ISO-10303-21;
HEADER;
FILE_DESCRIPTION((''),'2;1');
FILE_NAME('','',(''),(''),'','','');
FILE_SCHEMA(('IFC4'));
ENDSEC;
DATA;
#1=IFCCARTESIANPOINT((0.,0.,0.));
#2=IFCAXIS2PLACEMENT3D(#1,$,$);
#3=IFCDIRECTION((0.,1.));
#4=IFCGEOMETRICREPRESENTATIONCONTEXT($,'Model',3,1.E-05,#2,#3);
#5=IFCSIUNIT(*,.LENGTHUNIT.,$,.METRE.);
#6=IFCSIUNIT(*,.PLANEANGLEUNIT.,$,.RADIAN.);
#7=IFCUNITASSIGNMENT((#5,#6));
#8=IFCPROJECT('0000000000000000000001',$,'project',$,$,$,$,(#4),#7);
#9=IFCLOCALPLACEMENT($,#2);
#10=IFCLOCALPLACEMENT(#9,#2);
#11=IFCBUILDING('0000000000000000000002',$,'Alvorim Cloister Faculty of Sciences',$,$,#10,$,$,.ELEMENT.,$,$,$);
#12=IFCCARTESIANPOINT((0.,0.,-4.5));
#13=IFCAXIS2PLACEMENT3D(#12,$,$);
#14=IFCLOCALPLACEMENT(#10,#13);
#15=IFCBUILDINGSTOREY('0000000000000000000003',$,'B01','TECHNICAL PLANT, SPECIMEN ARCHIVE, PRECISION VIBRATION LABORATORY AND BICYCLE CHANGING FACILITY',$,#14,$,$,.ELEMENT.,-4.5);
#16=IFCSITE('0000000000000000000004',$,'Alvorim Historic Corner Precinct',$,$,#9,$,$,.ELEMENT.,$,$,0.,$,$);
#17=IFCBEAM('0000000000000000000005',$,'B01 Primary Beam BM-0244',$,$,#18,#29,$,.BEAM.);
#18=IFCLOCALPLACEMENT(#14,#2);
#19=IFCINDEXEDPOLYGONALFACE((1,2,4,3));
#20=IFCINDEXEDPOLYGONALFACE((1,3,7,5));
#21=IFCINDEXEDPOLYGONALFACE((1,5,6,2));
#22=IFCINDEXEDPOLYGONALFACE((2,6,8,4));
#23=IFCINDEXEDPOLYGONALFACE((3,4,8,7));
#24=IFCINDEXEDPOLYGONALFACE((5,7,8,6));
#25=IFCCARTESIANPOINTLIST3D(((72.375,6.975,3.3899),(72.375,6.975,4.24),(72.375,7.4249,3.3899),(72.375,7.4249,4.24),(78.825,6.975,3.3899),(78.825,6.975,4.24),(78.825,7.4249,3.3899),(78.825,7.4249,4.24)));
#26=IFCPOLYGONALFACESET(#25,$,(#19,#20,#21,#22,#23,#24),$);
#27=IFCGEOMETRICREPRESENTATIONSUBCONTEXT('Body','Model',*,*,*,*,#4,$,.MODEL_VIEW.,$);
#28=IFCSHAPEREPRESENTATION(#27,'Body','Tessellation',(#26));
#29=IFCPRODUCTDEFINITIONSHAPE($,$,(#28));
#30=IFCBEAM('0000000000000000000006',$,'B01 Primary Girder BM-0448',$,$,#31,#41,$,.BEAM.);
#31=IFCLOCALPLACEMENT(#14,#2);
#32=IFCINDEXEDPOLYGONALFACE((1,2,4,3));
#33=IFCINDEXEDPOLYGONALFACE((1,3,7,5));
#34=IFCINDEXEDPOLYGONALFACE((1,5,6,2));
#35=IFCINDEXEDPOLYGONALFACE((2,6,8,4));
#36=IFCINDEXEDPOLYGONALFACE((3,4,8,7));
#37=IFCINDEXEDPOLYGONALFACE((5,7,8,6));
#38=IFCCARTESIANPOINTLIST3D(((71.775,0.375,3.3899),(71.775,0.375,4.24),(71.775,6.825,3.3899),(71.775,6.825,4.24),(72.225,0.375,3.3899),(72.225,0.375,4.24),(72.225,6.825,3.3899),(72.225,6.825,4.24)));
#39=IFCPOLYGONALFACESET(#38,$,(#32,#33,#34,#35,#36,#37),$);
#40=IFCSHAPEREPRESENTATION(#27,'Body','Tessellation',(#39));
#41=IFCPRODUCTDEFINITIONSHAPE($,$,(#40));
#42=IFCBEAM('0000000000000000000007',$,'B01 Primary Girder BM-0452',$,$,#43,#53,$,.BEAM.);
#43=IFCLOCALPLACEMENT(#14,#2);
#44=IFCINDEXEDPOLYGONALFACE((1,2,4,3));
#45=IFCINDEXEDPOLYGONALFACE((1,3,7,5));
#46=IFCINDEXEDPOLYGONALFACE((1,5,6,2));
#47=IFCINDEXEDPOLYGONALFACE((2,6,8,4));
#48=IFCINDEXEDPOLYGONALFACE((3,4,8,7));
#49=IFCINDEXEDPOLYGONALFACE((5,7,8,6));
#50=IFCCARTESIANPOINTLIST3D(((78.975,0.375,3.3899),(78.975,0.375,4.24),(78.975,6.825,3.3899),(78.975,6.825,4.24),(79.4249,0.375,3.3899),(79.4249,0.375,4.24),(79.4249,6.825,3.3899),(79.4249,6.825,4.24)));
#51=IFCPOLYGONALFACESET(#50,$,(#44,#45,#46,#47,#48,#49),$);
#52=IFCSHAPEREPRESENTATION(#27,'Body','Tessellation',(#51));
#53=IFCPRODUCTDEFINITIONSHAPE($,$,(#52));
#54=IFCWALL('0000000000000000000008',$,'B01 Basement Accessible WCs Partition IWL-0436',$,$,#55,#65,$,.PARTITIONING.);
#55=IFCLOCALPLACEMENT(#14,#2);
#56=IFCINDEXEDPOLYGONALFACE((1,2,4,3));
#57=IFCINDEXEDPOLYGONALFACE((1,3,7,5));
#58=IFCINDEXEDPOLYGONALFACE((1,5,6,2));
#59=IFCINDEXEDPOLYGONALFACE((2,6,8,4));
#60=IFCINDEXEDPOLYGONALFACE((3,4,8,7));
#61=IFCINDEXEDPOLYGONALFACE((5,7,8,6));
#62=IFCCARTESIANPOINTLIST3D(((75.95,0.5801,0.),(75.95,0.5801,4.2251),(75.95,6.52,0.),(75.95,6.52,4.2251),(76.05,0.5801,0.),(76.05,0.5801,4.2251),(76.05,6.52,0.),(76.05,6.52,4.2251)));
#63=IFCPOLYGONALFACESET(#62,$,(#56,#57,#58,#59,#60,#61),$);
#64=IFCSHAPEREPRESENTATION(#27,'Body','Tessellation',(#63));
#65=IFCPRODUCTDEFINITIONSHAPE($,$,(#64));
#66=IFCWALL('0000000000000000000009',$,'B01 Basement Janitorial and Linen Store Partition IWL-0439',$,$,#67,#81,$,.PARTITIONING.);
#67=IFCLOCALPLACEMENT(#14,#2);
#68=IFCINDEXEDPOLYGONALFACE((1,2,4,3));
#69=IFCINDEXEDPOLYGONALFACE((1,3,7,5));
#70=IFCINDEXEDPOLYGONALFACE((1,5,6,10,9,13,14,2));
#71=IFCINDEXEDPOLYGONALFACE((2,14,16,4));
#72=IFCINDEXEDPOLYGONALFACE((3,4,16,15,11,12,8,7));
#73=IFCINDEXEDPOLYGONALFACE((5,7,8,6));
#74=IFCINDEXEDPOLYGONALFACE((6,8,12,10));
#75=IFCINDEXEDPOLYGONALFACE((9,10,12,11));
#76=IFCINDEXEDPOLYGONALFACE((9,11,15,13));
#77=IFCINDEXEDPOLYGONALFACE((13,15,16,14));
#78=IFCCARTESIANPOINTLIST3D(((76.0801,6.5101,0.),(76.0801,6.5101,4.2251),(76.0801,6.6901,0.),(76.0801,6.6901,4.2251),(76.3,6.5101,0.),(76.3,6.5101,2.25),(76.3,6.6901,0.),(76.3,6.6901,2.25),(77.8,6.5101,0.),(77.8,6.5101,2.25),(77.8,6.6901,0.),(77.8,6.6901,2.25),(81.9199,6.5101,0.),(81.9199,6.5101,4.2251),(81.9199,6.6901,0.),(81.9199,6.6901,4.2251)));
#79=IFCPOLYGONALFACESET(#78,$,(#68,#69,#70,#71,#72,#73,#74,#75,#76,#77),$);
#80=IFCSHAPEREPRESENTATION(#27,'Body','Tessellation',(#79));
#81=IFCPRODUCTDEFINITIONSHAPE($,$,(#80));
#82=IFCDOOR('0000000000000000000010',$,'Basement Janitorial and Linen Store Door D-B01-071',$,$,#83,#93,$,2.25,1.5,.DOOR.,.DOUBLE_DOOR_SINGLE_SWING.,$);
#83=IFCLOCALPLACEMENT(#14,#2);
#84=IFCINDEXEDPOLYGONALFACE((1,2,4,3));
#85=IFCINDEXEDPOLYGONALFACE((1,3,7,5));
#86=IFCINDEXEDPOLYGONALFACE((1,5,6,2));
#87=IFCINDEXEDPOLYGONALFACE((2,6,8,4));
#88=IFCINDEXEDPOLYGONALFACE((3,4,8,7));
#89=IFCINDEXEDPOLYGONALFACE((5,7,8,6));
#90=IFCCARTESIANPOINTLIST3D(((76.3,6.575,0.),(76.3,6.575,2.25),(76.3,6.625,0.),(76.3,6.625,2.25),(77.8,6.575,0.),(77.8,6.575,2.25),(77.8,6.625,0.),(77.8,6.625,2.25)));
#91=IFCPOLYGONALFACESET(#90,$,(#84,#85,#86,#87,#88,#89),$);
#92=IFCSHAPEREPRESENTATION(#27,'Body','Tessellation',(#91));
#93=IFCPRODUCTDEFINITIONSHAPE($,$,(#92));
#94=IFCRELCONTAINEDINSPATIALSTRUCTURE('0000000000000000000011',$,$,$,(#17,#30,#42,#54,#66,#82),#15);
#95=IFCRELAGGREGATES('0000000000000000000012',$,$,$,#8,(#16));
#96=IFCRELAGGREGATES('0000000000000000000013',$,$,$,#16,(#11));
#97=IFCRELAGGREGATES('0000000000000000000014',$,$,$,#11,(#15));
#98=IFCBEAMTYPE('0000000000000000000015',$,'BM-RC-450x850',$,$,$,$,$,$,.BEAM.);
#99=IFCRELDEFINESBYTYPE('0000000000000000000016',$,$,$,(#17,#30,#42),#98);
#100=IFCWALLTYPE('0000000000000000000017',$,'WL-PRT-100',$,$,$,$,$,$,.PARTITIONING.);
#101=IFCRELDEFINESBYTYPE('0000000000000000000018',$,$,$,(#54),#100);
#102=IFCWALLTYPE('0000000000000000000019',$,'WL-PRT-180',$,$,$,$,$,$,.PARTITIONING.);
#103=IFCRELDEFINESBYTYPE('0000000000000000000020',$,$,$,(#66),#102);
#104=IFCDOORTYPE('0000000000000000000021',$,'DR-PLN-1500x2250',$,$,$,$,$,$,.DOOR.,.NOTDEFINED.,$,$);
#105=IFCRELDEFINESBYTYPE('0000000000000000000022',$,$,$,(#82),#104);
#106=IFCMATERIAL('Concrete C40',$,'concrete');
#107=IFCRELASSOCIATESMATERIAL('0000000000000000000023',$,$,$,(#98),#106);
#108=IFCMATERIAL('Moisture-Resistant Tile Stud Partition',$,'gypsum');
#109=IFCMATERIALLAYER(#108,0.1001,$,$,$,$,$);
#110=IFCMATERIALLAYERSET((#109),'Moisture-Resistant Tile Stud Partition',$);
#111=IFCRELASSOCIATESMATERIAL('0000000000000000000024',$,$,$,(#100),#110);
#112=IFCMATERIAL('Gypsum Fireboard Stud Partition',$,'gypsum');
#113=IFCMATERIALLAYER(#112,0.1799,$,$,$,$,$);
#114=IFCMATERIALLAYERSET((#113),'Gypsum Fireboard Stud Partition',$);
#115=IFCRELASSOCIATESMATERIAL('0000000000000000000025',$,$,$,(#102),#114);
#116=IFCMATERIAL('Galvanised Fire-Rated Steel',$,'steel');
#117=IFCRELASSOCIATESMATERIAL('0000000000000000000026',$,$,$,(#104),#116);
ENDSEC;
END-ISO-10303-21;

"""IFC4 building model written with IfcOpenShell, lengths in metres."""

from ifc_helpers import new_model, si_unit, direction, frame, frame_2d, origin, origin_2d, place, context, subcontext, project, spatial, rectangle, extrude, material, layer, layer_set, material_profile, profile_set, type_object, element, fill, save


model = new_model("IFC4")

# Units and contexts
model_context = context("Model", 3, precision=1e-05, world=origin(), true_north=direction((0.0, 1.0)))
body_context = subcontext(model_context, "Body", "Model", "MODEL_VIEW")
ifc_project = project(units=[si_unit("LENGTHUNIT", "METRE"), si_unit("PLANEANGLEUNIT", "RADIAN")], contexts=[model_context])

# Site, building, storey
site_placement = place(None, origin())
site = spatial("IfcSite", under=ifc_project, at=site_placement, Name="Alvorim Historic Corner Precinct", CompositionType="ELEMENT", RefElevation=0.0)
building_placement = place(site_placement, origin())
building = spatial("IfcBuilding", under=site, at=building_placement, Name="Alvorim Cloister Faculty of Sciences", CompositionType="ELEMENT")
storey_placement = place(building_placement, frame((0.0, 0.0, -4.5)))
storey = spatial("IfcBuildingStorey", under=building, at=storey_placement, Name="B01", Description="TECHNICAL PLANT, SPECIMEN ARCHIVE, PRECISION VIBRATION LABORATORY AND BICYCLE CHANGING FACILITY", CompositionType="ELEMENT", Elevation=-4.5)

# Shared definitions
ifc_material_1 = material(Name="Concrete C40", Category="concrete")

# Beams
ifc_material_profile_1 = material_profile(ifc_material_1, rectangle(XDim=0.45, YDim=0.8501, at=origin_2d()), Name="RC40-BM-450x850")
ifc_profile_set_1 = profile_set([ifc_material_profile_1], Name="Concrete C40")
beam_type_1 = type_object("IfcBeamType", Name="BM-RC-450x850", PredefinedType="BEAM", material=ifc_profile_set_1)
for number, where, z_axis, x_axis, name in (
    (1, (72.375, 7.2, 3.8149), (1.0, 0.0, 0.0), (0.0, 1.0, 0.0), "B01 Primary Beam BM-0244"),
    (2, (72.0, 0.375, 3.8149), (0.0, 1.0, 0.0), (-1.0, 0.0, 0.0), "B01 Primary Girder BM-0448"),
    (3, (79.2, 0.375, 3.8149), (0.0, 1.0, 0.0), (-1.0, 0.0, 0.0), "B01 Primary Girder BM-0452"),
):
    element("IfcBeam", number, at=place(storey_placement, frame(where, z_axis=z_axis, x_axis=x_axis)), inside=storey, type_object=beam_type_1, Name=name, PredefinedType="BEAM", context=body_context, shape_type="SweptSolid", body=[
        extrude(rectangle(XDim=0.45, YDim=0.8501, at=origin_2d()), origin(), (0.0, 0.0, 1.0), 6.45),
    ])

# Wall
ifc_material_2 = material(Name="Moisture-Resistant Tile Stud Partition", Category="gypsum")
ifc_layer_1 = layer(ifc_material_2, 0.1001)
ifc_layer_set_1 = layer_set([ifc_layer_1], Name="Moisture-Resistant Tile Stud Partition")
wall_type_1 = type_object("IfcWallType", Name="WL-PRT-100", PredefinedType="PARTITIONING", material=ifc_layer_set_1)
wall_1_placement = place(storey_placement, frame((76.0, 0.5801, 0.0), z_axis=(0.0, 0.0, 1.0), x_axis=(0.0, 1.0, 0.0)))
element("IfcWall", 4, at=wall_1_placement, inside=storey, type_object=wall_type_1, Name="B01 Basement Accessible WCs Partition IWL-0436", PredefinedType="PARTITIONING", context=body_context, shape_type="SweptSolid", body=[
    extrude(rectangle(XDim=5.9399, YDim=0.1001, at=frame_2d((2.97, 0.0))), origin(), (0.0, 0.0, 1.0), 4.2251),
])

# Wall, opening, door
ifc_material_3 = material(Name="Gypsum Fireboard Stud Partition", Category="gypsum")
ifc_layer_2 = layer(ifc_material_3, 0.1799)
ifc_layer_set_2 = layer_set([ifc_layer_2], Name="Gypsum Fireboard Stud Partition")
wall_type_2 = type_object("IfcWallType", Name="WL-PRT-180", PredefinedType="PARTITIONING", material=ifc_layer_set_2)
wall_2_placement = place(storey_placement, frame((76.0801, 6.6001, 0.0), z_axis=(0.0, 0.0, 1.0), x_axis=(1.0, 0.0, 0.0)))
wall_2 = element("IfcWall", 5, at=wall_2_placement, inside=storey, type_object=wall_type_2, Name="B01 Basement Janitorial and Linen Store Partition IWL-0439", PredefinedType="PARTITIONING", context=body_context, shape_type="SweptSolid", body=[
    extrude(rectangle(XDim=5.8398, YDim=0.1799, at=frame_2d((2.9199, 0.0))), origin(), (0.0, 0.0, 1.0), 4.2251),
])
opening_placement = place(wall_2_placement, frame((0.22, 0.0, 0.0)))
opening = element("IfcOpeningElement", 6, at=opening_placement, cuts=wall_2, PredefinedType="OPENING", context=body_context, shape_type="SweptSolid", body=[
    extrude(rectangle(XDim=1.5, YDim=2.25, at=frame_2d((0.75, 1.125))), frame((0.0, 0.1021, 0.0), z_axis=(0.0, -1.0, 0.0), x_axis=(1.0, 0.0, 0.0)), (0.0, 0.0, 1.0), 0.2039),
])
ifc_material_4 = material(Name="Galvanised Fire-Rated Steel", Category="steel")
door_type = type_object("IfcDoorType", Name="DR-PLN-1500x2250", OperationType="NOTDEFINED", PredefinedType="DOOR", material=ifc_material_4)
door_placement = place(opening_placement, origin())
door = element("IfcDoor", 7, at=door_placement, inside=storey, type_object=door_type, Name="Basement Janitorial and Linen Store Door D-B01-071", OperationType="DOUBLE_DOOR_SINGLE_SWING", OverallHeight=2.25, OverallWidth=1.5, PredefinedType="DOOR", context=body_context, shape_type="SweptSolid", body=[
    extrude(rectangle(XDim=1.5, YDim=2.25, at=frame_2d((0.75, 1.125))), frame((0.0, 0.0249, 0.0), z_axis=(0.0, -1.0, 0.0), x_axis=(1.0, 0.0, 0.0)), (0.0, 0.0, 1.0), 0.05),
])
fill(opening, door)

save(model, "model.ifc")
